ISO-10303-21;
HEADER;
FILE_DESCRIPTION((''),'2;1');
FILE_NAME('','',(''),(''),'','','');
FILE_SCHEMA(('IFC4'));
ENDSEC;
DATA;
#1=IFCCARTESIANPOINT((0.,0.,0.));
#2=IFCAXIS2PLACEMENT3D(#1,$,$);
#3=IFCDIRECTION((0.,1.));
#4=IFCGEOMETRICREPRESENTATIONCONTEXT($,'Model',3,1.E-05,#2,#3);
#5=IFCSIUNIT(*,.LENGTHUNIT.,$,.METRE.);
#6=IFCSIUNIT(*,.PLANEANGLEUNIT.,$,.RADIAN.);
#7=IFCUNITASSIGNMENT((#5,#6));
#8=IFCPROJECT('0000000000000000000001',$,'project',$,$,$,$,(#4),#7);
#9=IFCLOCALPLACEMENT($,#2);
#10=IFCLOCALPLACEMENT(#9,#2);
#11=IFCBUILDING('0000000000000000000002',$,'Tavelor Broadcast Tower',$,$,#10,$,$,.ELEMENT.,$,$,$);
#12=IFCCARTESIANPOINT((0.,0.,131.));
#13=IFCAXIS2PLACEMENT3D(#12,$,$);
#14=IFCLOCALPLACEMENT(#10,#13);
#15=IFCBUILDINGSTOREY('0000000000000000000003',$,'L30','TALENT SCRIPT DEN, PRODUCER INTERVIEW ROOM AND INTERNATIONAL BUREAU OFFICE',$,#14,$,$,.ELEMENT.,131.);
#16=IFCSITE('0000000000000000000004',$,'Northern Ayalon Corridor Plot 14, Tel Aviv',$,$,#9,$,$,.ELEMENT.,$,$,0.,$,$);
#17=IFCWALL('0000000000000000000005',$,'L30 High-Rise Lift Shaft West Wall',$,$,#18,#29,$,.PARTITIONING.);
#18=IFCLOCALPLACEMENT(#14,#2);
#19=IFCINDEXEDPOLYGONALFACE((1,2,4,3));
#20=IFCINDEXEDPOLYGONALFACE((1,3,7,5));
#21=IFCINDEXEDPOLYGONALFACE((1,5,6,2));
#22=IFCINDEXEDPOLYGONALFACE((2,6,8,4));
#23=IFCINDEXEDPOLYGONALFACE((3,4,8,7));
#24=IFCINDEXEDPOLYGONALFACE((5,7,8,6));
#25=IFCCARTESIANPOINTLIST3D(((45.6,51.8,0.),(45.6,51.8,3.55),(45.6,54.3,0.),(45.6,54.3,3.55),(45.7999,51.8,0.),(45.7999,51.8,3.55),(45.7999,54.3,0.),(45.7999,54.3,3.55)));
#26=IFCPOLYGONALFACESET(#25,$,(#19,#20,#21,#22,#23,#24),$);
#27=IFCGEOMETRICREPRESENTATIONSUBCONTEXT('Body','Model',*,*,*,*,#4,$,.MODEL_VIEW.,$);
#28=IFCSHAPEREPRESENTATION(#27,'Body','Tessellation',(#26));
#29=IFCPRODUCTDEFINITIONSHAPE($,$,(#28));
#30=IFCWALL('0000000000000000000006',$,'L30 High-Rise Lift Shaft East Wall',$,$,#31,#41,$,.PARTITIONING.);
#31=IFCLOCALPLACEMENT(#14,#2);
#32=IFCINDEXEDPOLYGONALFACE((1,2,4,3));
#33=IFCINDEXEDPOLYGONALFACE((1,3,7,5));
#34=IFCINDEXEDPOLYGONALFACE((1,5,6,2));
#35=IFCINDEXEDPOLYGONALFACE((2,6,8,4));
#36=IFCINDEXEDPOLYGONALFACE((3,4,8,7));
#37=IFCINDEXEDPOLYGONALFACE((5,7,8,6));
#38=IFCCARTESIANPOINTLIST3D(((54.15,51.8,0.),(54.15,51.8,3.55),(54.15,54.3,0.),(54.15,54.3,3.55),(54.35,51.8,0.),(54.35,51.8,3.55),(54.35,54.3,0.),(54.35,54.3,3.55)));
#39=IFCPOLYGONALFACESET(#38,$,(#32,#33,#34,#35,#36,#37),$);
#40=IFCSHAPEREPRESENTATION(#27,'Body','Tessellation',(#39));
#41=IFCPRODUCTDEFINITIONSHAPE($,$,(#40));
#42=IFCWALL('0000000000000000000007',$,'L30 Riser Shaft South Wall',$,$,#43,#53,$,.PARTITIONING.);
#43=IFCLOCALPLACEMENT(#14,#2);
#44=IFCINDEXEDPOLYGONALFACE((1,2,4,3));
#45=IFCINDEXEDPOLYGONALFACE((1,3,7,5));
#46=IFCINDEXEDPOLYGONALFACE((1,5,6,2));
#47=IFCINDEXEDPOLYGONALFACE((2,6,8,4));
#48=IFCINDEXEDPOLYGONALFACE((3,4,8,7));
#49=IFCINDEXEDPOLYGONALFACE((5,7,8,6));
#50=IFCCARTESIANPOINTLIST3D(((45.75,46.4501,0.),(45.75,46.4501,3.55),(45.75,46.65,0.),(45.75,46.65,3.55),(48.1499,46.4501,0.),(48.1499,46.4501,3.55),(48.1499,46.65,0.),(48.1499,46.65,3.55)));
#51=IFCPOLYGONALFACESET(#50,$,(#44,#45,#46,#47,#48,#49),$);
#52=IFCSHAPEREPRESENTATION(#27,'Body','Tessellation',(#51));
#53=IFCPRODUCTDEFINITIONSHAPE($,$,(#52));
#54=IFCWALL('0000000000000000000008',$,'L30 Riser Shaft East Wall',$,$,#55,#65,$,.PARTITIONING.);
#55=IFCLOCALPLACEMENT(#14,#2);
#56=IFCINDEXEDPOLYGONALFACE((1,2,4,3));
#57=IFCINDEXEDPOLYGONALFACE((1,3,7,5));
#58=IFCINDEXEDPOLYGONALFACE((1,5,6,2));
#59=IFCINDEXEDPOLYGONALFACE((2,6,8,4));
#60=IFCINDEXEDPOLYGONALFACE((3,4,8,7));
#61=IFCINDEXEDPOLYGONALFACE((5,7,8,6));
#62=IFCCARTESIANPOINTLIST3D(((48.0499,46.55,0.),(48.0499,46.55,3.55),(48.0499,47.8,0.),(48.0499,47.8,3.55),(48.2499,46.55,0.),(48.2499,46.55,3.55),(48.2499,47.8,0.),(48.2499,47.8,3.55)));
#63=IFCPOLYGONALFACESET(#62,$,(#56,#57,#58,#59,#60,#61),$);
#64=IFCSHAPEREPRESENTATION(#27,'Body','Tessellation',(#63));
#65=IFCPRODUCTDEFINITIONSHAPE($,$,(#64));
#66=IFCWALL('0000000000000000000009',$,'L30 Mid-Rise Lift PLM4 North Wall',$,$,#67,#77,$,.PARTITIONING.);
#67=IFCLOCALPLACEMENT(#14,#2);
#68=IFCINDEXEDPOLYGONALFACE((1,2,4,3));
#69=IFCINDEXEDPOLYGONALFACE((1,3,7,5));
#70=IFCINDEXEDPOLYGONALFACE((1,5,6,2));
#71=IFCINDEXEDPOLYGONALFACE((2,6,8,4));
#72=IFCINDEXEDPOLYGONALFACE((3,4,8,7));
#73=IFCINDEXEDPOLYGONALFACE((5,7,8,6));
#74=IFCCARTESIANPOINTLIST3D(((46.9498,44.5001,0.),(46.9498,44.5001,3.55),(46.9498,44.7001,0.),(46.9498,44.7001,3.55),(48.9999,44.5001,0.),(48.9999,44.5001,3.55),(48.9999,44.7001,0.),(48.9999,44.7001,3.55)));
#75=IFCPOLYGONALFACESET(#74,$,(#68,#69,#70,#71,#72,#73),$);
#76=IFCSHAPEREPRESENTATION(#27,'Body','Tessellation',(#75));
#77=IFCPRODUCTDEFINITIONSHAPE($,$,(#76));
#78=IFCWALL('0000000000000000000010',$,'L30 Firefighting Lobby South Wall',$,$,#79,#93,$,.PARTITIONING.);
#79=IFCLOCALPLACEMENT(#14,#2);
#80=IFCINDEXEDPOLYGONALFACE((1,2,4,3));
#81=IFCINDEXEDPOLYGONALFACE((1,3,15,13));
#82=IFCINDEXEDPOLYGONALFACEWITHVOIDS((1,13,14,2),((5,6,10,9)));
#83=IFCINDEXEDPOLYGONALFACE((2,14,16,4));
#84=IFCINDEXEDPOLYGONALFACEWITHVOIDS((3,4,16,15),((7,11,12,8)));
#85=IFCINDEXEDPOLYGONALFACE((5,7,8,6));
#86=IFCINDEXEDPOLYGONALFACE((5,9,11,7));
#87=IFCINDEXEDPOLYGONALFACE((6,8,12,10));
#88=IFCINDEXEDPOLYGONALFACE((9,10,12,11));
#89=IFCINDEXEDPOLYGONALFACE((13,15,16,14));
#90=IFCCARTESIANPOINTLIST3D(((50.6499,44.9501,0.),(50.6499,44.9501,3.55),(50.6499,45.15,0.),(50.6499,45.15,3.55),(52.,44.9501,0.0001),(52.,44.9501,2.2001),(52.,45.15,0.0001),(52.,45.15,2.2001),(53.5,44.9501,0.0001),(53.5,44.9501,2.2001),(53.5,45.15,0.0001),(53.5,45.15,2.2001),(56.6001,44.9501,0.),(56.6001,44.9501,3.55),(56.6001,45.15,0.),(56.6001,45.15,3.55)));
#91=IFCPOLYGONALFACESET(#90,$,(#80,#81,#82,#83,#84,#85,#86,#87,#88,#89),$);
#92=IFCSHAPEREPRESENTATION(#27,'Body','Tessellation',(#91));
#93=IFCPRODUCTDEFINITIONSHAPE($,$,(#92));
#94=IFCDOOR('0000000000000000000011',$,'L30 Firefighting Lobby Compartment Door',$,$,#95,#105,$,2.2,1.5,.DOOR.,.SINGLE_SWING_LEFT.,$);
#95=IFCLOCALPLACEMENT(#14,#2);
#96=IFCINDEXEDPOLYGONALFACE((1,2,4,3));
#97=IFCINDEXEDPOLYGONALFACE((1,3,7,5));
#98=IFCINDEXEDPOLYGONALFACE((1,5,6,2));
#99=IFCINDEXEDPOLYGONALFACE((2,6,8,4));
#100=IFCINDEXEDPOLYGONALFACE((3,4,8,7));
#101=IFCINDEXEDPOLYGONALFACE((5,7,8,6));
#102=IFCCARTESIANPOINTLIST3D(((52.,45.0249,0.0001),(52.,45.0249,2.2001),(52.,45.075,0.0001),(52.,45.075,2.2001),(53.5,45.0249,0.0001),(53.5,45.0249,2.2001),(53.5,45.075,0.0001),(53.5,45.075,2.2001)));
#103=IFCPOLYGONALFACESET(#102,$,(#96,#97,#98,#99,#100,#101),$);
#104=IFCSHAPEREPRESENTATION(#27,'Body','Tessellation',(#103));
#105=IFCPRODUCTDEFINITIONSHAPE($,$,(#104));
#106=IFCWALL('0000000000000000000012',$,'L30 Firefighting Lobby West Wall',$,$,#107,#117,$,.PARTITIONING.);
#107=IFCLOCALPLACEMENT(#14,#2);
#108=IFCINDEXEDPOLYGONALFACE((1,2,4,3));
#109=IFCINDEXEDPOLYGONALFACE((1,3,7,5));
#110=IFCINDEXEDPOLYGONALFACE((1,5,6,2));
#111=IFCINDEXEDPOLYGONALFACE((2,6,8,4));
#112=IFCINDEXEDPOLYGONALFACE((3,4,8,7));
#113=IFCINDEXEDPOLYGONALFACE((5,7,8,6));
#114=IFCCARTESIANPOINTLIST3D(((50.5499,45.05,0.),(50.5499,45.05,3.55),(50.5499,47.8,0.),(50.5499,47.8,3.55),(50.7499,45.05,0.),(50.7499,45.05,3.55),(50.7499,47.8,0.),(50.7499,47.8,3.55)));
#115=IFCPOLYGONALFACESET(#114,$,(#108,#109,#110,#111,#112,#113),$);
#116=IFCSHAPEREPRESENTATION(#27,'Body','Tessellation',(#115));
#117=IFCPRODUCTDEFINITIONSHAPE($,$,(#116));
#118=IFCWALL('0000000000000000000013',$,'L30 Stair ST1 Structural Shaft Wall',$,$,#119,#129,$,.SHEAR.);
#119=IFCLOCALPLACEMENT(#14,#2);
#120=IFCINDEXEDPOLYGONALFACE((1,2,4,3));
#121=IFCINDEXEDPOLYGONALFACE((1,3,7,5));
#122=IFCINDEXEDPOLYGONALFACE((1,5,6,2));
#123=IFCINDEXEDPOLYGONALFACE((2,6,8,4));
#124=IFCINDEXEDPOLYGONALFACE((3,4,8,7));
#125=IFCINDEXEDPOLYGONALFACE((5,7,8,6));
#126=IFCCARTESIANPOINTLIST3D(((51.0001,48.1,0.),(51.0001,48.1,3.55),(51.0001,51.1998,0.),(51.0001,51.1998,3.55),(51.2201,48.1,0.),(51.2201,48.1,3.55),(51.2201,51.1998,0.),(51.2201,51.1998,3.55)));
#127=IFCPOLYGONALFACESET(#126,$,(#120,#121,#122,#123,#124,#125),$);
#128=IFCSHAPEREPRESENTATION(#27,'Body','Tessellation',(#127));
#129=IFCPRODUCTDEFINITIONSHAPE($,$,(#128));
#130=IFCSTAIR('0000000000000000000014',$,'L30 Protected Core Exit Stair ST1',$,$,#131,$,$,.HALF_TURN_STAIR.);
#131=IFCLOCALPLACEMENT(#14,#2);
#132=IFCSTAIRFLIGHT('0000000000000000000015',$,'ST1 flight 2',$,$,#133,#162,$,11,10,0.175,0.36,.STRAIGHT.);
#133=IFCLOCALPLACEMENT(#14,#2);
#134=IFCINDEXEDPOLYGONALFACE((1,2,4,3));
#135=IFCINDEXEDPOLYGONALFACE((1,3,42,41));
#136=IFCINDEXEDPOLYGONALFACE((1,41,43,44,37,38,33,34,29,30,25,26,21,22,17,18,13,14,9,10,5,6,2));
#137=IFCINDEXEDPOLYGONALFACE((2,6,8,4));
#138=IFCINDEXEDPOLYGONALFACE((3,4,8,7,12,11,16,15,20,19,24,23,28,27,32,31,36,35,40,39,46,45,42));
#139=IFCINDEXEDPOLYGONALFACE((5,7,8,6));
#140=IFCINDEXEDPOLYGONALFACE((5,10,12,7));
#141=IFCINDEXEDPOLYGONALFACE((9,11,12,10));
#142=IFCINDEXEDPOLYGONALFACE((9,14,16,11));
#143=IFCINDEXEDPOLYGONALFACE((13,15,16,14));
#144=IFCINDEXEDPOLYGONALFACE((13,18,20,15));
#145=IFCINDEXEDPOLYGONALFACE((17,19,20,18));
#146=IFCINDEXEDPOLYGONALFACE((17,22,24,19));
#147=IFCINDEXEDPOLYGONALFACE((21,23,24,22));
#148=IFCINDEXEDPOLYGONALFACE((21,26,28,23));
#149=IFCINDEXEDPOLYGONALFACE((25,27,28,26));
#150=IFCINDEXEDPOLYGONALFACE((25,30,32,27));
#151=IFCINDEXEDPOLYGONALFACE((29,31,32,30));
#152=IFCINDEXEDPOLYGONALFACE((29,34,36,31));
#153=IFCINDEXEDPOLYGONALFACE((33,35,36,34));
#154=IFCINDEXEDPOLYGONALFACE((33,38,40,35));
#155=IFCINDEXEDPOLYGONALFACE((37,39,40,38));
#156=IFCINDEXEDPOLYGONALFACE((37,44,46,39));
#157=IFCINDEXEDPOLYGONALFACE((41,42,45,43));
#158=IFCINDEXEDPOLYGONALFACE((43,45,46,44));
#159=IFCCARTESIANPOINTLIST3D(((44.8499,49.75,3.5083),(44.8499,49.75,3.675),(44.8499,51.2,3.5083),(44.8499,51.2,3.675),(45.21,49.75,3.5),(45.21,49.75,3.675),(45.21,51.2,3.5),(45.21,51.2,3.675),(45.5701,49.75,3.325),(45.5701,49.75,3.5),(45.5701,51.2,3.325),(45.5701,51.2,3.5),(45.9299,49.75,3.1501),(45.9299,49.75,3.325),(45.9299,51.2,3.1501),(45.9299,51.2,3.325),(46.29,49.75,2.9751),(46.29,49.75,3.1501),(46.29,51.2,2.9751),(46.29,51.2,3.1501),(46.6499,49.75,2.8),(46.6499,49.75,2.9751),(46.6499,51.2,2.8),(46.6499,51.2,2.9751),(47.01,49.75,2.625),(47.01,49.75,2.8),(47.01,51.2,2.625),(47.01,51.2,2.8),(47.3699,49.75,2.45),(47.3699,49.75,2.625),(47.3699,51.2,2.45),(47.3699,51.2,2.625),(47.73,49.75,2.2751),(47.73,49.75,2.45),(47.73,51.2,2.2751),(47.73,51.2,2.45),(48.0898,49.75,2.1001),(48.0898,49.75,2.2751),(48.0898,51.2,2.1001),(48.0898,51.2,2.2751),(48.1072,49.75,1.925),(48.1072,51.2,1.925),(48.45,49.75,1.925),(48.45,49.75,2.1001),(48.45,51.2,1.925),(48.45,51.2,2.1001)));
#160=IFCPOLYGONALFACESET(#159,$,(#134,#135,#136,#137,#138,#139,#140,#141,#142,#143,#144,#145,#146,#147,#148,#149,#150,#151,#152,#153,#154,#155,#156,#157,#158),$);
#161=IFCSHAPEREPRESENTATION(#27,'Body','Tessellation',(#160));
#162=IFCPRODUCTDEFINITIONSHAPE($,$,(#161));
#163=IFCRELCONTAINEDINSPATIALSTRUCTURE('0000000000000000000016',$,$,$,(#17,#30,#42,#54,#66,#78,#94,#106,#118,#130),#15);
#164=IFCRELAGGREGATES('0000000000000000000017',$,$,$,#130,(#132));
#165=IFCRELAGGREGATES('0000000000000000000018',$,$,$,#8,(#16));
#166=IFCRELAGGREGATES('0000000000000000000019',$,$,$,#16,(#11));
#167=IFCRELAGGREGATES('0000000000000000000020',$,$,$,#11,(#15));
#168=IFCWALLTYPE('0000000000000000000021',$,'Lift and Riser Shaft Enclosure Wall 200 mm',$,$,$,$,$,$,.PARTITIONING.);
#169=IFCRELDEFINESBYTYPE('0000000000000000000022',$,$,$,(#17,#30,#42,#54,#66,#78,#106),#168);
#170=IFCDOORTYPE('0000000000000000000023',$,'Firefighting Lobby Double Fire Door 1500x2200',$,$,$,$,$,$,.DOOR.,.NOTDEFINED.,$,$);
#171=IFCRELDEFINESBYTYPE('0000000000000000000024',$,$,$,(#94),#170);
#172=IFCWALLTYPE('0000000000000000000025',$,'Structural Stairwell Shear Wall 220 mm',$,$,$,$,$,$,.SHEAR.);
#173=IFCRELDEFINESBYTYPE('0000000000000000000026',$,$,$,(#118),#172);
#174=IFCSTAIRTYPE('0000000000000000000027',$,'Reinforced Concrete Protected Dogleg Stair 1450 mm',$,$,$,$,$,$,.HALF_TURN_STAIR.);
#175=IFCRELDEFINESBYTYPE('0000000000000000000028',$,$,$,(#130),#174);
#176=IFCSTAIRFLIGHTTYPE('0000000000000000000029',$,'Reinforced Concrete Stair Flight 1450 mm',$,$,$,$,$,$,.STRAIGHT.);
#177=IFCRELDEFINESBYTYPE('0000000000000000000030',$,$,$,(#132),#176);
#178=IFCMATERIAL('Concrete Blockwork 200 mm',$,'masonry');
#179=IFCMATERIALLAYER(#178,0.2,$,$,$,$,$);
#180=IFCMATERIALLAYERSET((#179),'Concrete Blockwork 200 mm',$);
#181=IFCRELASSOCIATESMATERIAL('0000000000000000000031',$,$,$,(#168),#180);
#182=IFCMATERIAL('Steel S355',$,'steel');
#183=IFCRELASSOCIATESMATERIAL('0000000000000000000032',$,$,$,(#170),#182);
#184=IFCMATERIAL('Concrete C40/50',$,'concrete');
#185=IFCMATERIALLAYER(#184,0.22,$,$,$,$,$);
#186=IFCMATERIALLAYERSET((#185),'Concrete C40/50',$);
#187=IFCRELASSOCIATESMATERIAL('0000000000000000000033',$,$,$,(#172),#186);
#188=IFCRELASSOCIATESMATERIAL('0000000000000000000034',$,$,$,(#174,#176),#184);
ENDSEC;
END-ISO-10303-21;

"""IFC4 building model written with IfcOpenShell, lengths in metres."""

from ifc_helpers import new_model, si_unit, direction, frame, frame_2d, origin, place, context, subcontext, project, spatial, polyline, rectangle, outline, extrude, material, layer, layer_set, type_object, element, fill, aggregate, save


model = new_model("IFC4")

# Units and contexts
model_context = context("Model", 3, precision=1e-05, world=origin(), true_north=direction((0.0, 1.0)))
body_context = subcontext(model_context, "Body", "Model", "MODEL_VIEW")
ifc_project = project(units=[si_unit("LENGTHUNIT", "METRE"), si_unit("PLANEANGLEUNIT", "RADIAN")], contexts=[model_context])

# Site, building, storey
site_placement = place(None, origin())
site = spatial("IfcSite", under=ifc_project, at=site_placement, Name="Northern Ayalon Corridor Plot 14, Tel Aviv", CompositionType="ELEMENT", RefElevation=0.0)
building_placement = place(site_placement, origin())
building = spatial("IfcBuilding", under=site, at=building_placement, Name="Tavelor Broadcast Tower", CompositionType="ELEMENT")
storey_placement = place(building_placement, frame((0.0, 0.0, 131.0)))
storey = spatial("IfcBuildingStorey", under=building, at=storey_placement, Name="L30", Description="TALENT SCRIPT DEN, PRODUCER INTERVIEW ROOM AND INTERNATIONAL BUREAU OFFICE", CompositionType="ELEMENT", Elevation=131.0)

# Shared definitions
ifc_material_1 = material(Name="Concrete C40/50", Category="concrete")
ifc_material_2 = material(Name="Steel S355", Category="steel")

# Walls
ifc_material_3 = material(Name="Concrete Blockwork 200 mm", Category="masonry")
ifc_layer_1 = layer(ifc_material_3, 0.2)
ifc_layer_set_1 = layer_set([ifc_layer_1], Name="Concrete Blockwork 200 mm")
wall_type_1 = type_object("IfcWallType", Name="Lift and Riser Shaft Enclosure Wall 200 mm", PredefinedType="PARTITIONING", material=ifc_layer_set_1)
for number, where, z_axis, x_axis, name in (
    (1, (45.7, 51.8, 0.0), (0.0, 0.0, 1.0), (0.0, 1.0, 0.0), "L30 High-Rise Lift Shaft West Wall"),
    (2, (54.25, 51.8, 0.0), (0.0, 0.0, 1.0), (0.0, 1.0, 0.0), "L30 High-Rise Lift Shaft East Wall"),
):
    element("IfcWall", number, at=place(storey_placement, frame(where, z_axis=z_axis, x_axis=x_axis)), inside=storey, type_object=wall_type_1, Name=name, PredefinedType="PARTITIONING", context=body_context, shape_type="SweptSolid", body=[
        extrude(rectangle(XDim=2.5, YDim=0.2, at=frame_2d((1.25, 0.0))), origin(), (0.0, 0.0, 1.0), 3.55),
    ])
wall_1_placement = place(storey_placement, frame((45.75, 46.55, 0.0), z_axis=(0.0, 0.0, 1.0), x_axis=(1.0, 0.0, 0.0)))
element("IfcWall", 3, at=wall_1_placement, inside=storey, type_object=wall_type_1, Name="L30 Riser Shaft South Wall", PredefinedType="PARTITIONING", context=body_context, shape_type="SweptSolid", body=[
    extrude(rectangle(XDim=2.3999, YDim=0.2, at=frame_2d((1.2, 0.0))), origin(), (0.0, 0.0, 1.0), 3.55),
])
wall_2_placement = place(storey_placement, frame((48.1499, 46.55, 0.0), z_axis=(0.0, 0.0, 1.0), x_axis=(0.0, 1.0, 0.0)))
element("IfcWall", 4, at=wall_2_placement, inside=storey, type_object=wall_type_1, Name="L30 Riser Shaft East Wall", PredefinedType="PARTITIONING", context=body_context, shape_type="SweptSolid", body=[
    extrude(rectangle(XDim=1.25, YDim=0.2, at=frame_2d((0.625, 0.0))), origin(), (0.0, 0.0, 1.0), 3.55),
])
wall_3_placement = place(storey_placement, frame((46.95, 44.6001, 0.0), z_axis=(0.0, 0.0, 1.0), x_axis=(1.0, 0.0, 0.0)))
element("IfcWall", 5, at=wall_3_placement, inside=storey, type_object=wall_type_1, Name="L30 Mid-Rise Lift PLM4 North Wall", PredefinedType="PARTITIONING", context=body_context, shape_type="SweptSolid", body=[
    extrude(rectangle(XDim=2.05, YDim=0.2, at=frame_2d((1.0249, 0.0))), origin(), (0.0, 0.0, 1.0), 3.55),
])

# Wall, opening, door
wall_4_placement = place(storey_placement, frame((50.6499, 45.05, 0.0), z_axis=(0.0, 0.0, 1.0), x_axis=(1.0, 0.0, 0.0)))
wall_4 = element("IfcWall", 6, at=wall_4_placement, inside=storey, type_object=wall_type_1, Name="L30 Firefighting Lobby South Wall", PredefinedType="PARTITIONING", context=body_context, shape_type="SweptSolid", body=[
    extrude(rectangle(XDim=5.9502, YDim=0.2, at=frame_2d((2.9751, 0.0))), origin(), (0.0, 0.0, 1.0), 3.55),
])
opening_placement = place(wall_4_placement, frame((1.3501, 0.0, 0.0)))
opening = element("IfcOpeningElement", 7, at=opening_placement, cuts=wall_4, PredefinedType="OPENING", context=body_context, shape_type="SweptSolid", body=[
    extrude(rectangle(XDim=1.5, YDim=2.2, at=frame_2d((0.75, 1.1001))), frame((0.0, 0.1099, 0.0), z_axis=(0.0, -1.0, 0.0), x_axis=(1.0, 0.0, 0.0)), (0.0, 0.0, 1.0), 0.22),
])
door_type = type_object("IfcDoorType", Name="Firefighting Lobby Double Fire Door 1500x2200", OperationType="NOTDEFINED", PredefinedType="DOOR", material=ifc_material_2)
door_placement = place(opening_placement, origin())
door = element("IfcDoor", 8, at=door_placement, inside=storey, type_object=door_type, Name="L30 Firefighting Lobby Compartment Door", OperationType="SINGLE_SWING_LEFT", OverallHeight=2.2, OverallWidth=1.5, PredefinedType="DOOR", context=body_context, shape_type="SweptSolid", body=[
    extrude(rectangle(XDim=1.5, YDim=2.2, at=frame_2d((0.75, 1.1001))), frame((0.0, 0.0249, 0.0), z_axis=(0.0, -1.0, 0.0), x_axis=(1.0, 0.0, 0.0)), (0.0, 0.0, 1.0), 0.05),
])
fill(opening, door)

# Walls
wall_5_placement = place(storey_placement, frame((50.6499, 45.05, 0.0), z_axis=(0.0, 0.0, 1.0), x_axis=(0.0, 1.0, 0.0)))
element("IfcWall", 9, at=wall_5_placement, inside=storey, type_object=wall_type_1, Name="L30 Firefighting Lobby West Wall", PredefinedType="PARTITIONING", context=body_context, shape_type="SweptSolid", body=[
    extrude(rectangle(XDim=2.75, YDim=0.2, at=frame_2d((1.375, 0.0))), origin(), (0.0, 0.0, 1.0), 3.55),
])
ifc_layer_2 = layer(ifc_material_1, 0.22)
ifc_layer_set_2 = layer_set([ifc_layer_2], Name="Concrete C40/50")
wall_type_2 = type_object("IfcWallType", Name="Structural Stairwell Shear Wall 220 mm", PredefinedType="SHEAR", material=ifc_layer_set_2)
wall_6_placement = place(storey_placement, frame((51.1101, 48.1001, 0.0), z_axis=(0.0, 0.0, 1.0), x_axis=(0.0, 1.0, 0.0)))
element("IfcWall", 10, at=wall_6_placement, inside=storey, type_object=wall_type_2, Name="L30 Stair ST1 Structural Shaft Wall", PredefinedType="SHEAR", context=body_context, shape_type="SweptSolid", body=[
    extrude(rectangle(XDim=3.0999, YDim=0.22, at=frame_2d((1.5498, 0.0))), origin(), (0.0, 0.0, 1.0), 3.55),
])

# Stair, stair flight
stair_type = type_object("IfcStairType", Name="Reinforced Concrete Protected Dogleg Stair 1450 mm", PredefinedType="HALF_TURN_STAIR", material=ifc_material_1)
stair_placement = place(storey_placement, origin())
stair = element("IfcStair", 11, at=stair_placement, inside=storey, type_object=stair_type, Name="L30 Protected Core Exit Stair ST1", PredefinedType="HALF_TURN_STAIR")
stair_flight_type = type_object("IfcStairFlightType", Name="Reinforced Concrete Stair Flight 1450 mm", PredefinedType="STRAIGHT", material=ifc_material_1)
stair_flight_placement = place(storey_placement, frame((48.45, 50.4751, 1.925), z_axis=(0.0, 0.0, 1.0), x_axis=(-1.0, 0.0, 0.0)))
stair_flight = element("IfcStairFlight", 12, at=stair_flight_placement, type_object=stair_flight_type, Name="ST1 flight 2", NumberOfRisers=11, NumberOfTreads=10, PredefinedType="STRAIGHT", RiserHeight=0.175, TreadLength=0.36, context=body_context, shape_type="SweptSolid", body=[
    extrude(outline(polyline([(0.0, 0.0), (0.0, 0.175), (0.3601, 0.175), (0.3601, 0.3501), (0.72, 0.3501), (0.72, 0.5249), (1.0801, 0.5249), (1.0801, 0.7), (1.4399, 0.7), (1.4399, 0.875), (1.8, 0.875), (1.8, 1.05), (2.1599, 1.05), (2.1599, 1.2251), (2.52, 1.2251), (2.52, 1.3999), (2.8799, 1.3999), (2.8799, 1.575), (3.24, 1.575), (3.24, 1.75), (3.6001, 1.75), (3.6001, 1.925), (3.6001, 1.5833), (0.3428, 0.0), (0.0, 0.0)])), frame((0.0, 0.7251, 0.0), z_axis=(0.0, -1.0, 0.0), x_axis=(1.0, 0.0, 0.0)), (0.0, 0.0, 1.0), 1.45),
])
aggregate(stair, [stair_flight])

save(model, "model.ifc")
